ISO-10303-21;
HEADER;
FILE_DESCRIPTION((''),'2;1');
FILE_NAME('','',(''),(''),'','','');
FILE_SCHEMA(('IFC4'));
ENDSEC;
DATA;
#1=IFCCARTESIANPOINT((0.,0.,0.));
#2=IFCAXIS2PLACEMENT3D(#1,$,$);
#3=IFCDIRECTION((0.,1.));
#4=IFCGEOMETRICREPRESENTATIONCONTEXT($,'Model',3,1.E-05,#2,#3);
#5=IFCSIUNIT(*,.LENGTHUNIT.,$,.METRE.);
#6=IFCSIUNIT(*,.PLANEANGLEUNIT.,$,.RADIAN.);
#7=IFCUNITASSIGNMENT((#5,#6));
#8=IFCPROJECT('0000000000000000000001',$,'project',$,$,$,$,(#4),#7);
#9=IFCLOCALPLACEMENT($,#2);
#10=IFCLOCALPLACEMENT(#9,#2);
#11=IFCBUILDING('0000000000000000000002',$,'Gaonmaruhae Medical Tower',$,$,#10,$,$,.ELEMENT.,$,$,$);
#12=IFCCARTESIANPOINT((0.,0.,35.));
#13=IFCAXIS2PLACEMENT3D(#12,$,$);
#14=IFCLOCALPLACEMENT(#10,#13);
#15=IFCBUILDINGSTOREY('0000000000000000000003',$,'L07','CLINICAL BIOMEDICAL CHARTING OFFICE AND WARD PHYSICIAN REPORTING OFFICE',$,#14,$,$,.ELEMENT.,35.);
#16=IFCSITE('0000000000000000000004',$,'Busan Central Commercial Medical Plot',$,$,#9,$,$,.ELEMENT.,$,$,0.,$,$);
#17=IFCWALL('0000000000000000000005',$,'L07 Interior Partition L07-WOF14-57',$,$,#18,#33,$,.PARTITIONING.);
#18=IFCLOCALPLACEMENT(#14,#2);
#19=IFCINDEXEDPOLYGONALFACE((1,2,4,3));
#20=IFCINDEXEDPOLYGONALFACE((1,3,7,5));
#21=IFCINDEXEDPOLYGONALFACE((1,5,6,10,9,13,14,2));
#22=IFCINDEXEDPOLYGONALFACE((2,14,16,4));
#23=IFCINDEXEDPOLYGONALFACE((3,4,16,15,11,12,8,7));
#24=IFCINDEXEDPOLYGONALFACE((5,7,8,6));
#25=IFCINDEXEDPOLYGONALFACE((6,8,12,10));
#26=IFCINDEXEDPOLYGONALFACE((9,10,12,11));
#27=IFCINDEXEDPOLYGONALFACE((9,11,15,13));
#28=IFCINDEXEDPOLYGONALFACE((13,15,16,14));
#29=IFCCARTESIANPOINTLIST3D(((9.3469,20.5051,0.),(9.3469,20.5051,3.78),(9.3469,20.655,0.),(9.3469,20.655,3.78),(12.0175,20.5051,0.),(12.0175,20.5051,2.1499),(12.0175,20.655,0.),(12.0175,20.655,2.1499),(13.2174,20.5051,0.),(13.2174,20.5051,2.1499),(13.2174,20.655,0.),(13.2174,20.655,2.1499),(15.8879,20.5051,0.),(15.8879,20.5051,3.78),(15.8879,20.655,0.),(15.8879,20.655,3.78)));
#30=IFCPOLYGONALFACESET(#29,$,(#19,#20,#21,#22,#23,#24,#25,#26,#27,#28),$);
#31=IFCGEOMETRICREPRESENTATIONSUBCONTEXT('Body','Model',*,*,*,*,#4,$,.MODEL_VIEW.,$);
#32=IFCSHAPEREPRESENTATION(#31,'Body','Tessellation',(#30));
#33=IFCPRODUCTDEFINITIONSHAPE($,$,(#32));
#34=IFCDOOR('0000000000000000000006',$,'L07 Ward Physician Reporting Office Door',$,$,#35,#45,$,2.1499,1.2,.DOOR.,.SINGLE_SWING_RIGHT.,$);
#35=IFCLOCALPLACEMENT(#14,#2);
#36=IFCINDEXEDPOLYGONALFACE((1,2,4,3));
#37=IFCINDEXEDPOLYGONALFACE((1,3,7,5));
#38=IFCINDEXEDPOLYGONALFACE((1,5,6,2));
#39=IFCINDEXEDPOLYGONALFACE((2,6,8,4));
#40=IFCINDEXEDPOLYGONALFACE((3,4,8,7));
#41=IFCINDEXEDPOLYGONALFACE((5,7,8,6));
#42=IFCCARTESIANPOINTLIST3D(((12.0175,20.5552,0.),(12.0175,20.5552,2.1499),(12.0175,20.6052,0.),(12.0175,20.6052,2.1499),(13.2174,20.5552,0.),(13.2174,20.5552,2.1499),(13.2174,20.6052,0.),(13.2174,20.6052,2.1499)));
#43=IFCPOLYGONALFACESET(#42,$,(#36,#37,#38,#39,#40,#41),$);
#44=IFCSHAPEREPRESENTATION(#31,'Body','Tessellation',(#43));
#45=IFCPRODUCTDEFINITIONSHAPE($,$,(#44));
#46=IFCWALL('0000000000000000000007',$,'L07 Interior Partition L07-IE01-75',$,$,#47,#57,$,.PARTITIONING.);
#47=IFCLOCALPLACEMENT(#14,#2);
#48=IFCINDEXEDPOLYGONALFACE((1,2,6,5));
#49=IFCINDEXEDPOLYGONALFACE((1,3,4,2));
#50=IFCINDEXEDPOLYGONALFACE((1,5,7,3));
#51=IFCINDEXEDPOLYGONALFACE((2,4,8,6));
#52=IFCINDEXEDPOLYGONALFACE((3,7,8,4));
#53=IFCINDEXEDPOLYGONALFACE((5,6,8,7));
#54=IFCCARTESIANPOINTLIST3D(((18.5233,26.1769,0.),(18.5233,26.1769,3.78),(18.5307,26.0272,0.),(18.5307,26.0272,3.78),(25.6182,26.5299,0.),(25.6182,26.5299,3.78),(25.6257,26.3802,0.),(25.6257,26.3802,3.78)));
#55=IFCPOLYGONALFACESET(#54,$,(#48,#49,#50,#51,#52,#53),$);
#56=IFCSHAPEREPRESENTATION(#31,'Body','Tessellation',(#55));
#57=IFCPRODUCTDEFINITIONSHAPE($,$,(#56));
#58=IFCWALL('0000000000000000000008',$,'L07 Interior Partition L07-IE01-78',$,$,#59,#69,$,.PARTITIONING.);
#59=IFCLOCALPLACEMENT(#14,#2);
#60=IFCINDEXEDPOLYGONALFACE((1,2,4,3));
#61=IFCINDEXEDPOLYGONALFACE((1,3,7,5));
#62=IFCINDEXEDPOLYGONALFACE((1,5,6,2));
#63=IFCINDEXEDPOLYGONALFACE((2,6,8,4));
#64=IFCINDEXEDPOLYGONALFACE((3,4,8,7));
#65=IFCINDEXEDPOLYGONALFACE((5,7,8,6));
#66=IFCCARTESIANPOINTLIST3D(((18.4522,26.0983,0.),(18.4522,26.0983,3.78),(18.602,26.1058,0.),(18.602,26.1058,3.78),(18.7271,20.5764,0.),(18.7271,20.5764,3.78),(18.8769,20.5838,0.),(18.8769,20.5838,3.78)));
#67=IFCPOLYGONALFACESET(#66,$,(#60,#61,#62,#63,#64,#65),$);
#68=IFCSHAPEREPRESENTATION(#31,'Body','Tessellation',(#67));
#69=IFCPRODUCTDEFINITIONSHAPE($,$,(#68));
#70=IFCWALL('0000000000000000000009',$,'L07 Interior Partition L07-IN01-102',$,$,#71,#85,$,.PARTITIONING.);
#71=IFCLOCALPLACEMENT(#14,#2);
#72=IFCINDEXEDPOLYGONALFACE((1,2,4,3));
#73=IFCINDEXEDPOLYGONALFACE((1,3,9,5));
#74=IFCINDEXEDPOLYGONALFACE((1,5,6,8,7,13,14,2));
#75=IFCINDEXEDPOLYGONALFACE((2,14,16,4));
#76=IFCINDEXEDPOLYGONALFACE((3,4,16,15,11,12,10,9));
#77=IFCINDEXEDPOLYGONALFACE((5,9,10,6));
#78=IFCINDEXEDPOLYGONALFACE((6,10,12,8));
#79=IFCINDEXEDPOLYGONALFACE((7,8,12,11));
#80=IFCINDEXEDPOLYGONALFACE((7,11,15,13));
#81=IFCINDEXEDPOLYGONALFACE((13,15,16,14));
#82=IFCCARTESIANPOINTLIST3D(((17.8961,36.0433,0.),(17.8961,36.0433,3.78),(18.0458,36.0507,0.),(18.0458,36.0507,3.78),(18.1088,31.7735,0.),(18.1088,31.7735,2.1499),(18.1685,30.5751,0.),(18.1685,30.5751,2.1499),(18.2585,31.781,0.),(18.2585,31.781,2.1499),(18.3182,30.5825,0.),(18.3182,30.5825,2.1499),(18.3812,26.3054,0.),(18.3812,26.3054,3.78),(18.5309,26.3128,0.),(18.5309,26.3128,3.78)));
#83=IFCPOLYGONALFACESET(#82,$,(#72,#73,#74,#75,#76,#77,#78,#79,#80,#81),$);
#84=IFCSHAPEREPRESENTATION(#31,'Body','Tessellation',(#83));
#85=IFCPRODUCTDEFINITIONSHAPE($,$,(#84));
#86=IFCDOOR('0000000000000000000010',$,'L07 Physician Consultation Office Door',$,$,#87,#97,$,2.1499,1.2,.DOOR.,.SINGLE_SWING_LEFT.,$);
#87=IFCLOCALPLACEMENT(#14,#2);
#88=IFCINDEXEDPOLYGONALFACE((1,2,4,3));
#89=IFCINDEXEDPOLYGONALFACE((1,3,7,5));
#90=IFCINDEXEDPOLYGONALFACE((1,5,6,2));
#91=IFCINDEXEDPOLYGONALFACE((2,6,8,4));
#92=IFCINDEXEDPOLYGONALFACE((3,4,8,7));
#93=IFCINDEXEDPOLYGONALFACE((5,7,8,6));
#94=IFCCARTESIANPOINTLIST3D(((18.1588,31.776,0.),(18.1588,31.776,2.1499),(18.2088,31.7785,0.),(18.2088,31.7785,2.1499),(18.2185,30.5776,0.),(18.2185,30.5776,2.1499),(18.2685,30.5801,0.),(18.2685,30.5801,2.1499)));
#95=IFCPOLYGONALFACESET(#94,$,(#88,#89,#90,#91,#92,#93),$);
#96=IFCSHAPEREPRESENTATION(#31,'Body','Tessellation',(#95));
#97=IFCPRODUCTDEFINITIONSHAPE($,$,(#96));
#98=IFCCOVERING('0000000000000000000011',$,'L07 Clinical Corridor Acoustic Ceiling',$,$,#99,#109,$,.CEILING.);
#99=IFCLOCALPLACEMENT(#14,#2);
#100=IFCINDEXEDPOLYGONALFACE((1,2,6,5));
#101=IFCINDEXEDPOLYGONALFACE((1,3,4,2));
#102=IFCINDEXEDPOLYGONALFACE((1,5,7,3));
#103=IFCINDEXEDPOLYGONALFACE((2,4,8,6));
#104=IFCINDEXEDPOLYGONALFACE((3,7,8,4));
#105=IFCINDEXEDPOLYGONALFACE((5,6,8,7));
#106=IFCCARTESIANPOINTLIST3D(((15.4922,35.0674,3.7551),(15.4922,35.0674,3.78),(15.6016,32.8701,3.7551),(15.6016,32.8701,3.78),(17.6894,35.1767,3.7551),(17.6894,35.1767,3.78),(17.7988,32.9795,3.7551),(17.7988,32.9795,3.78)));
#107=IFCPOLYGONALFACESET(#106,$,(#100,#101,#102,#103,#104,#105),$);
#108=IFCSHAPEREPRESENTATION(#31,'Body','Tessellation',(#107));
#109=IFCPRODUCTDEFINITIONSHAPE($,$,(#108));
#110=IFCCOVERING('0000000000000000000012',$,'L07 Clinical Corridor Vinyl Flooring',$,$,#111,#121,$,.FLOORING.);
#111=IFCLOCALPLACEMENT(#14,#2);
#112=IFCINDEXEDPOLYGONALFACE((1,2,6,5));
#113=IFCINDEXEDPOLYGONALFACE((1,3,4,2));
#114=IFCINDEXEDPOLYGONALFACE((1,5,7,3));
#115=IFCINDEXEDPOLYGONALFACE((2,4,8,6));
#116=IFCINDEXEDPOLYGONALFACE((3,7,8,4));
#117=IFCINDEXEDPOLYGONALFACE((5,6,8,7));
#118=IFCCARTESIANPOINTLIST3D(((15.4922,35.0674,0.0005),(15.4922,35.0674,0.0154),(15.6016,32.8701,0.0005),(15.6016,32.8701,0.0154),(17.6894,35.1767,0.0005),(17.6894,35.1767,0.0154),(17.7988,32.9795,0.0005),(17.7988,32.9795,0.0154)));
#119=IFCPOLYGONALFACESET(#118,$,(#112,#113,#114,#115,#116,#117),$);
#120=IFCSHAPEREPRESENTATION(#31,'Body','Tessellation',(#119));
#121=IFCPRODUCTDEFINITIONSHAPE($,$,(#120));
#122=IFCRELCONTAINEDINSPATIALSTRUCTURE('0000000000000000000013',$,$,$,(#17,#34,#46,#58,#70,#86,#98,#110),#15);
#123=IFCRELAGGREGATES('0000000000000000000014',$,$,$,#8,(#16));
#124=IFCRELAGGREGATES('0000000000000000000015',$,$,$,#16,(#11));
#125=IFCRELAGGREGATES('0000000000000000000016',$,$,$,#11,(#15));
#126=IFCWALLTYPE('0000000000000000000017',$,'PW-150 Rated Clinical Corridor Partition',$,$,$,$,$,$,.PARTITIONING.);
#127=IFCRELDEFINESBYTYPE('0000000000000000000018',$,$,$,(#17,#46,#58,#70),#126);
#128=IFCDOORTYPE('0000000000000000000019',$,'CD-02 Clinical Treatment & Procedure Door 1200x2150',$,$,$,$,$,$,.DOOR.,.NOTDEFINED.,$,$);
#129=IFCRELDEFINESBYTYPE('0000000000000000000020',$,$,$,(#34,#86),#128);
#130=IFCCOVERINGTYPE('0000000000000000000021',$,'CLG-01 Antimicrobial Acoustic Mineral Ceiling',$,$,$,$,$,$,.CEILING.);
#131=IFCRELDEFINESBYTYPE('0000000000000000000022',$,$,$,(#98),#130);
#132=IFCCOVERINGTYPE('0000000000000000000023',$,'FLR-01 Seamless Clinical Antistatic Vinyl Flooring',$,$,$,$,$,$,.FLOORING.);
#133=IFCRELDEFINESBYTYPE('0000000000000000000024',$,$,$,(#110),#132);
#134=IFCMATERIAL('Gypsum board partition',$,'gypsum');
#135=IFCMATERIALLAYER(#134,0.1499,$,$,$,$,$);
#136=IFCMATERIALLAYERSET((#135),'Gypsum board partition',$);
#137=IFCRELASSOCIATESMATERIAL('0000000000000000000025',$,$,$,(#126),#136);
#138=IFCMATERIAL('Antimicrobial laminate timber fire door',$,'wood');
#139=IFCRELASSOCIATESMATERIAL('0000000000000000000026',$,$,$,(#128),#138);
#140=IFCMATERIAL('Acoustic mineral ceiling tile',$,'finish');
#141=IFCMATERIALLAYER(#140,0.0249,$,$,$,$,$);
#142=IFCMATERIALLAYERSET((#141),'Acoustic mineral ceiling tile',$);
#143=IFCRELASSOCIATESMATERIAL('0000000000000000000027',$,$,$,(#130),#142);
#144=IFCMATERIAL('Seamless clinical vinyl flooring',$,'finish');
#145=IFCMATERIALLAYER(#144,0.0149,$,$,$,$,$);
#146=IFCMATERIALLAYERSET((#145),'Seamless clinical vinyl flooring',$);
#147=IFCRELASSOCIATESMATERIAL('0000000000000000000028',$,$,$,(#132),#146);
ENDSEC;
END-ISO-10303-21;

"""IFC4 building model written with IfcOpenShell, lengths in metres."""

from ifc_helpers import new_model, si_unit, direction, frame, frame_2d, origin, origin_2d, place, context, subcontext, project, spatial, rectangle, extrude, material, layer, layer_set, type_object, element, fill, save


model = new_model("IFC4")

# Units and contexts
model_context = context("Model", 3, precision=1e-05, world=origin(), true_north=direction((0.0, 1.0)))
body_context = subcontext(model_context, "Body", "Model", "MODEL_VIEW")
ifc_project = project(units=[si_unit("LENGTHUNIT", "METRE"), si_unit("PLANEANGLEUNIT", "RADIAN")], contexts=[model_context])

# Site, building, storey
site_placement = place(None, origin())
site = spatial("IfcSite", under=ifc_project, at=site_placement, Name="Busan Central Commercial Medical Plot", CompositionType="ELEMENT", RefElevation=0.0)
building_placement = place(site_placement, origin())
building = spatial("IfcBuilding", under=site, at=building_placement, Name="Gaonmaruhae Medical Tower", CompositionType="ELEMENT")
storey_placement = place(building_placement, frame((0.0, 0.0, 35.0)))
storey = spatial("IfcBuildingStorey", under=building, at=storey_placement, Name="L07", Description="CLINICAL BIOMEDICAL CHARTING OFFICE AND WARD PHYSICIAN REPORTING OFFICE", CompositionType="ELEMENT", Elevation=35.0)

# Shared definitions
ifc_material_1 = material(Name="Gypsum board partition", Category="gypsum")
ifc_layer_1 = layer(ifc_material_1, 0.1499)
ifc_layer_set_1 = layer_set([ifc_layer_1], Name="Gypsum board partition")
wall_type_1 = type_object("IfcWallType", Name="PW-150 Rated Clinical Corridor Partition", PredefinedType="PARTITIONING", material=ifc_layer_set_1)

# Wall, opening, door
wall_1_placement = place(storey_placement, frame((15.8879, 20.5801, 0.0), z_axis=(0.0, 0.0, 1.0), x_axis=(-1.0, 0.0, 0.0)))
wall_1 = element("IfcWall", 1, at=wall_1_placement, inside=storey, type_object=wall_type_1, Name="L07 Interior Partition L07-WOF14-57", PredefinedType="PARTITIONING", context=body_context, shape_type="SweptSolid", body=[
    extrude(rectangle(XDim=6.541, YDim=0.1499, at=frame_2d((3.2705, 0.0))), origin(), (0.0, 0.0, 1.0), 3.78),
])
opening_1_placement = place(wall_1_placement, frame((2.6704, 0.0, 0.0)))
opening_1 = element("IfcOpeningElement", 2, at=opening_1_placement, cuts=wall_1, PredefinedType="OPENING", context=body_context, shape_type="SweptSolid", body=[
    extrude(rectangle(XDim=1.2, YDim=2.1499, at=frame_2d((0.6001, 1.075))), frame((0.0, 0.085, 0.0), z_axis=(0.0, -1.0, 0.0), x_axis=(1.0, 0.0, 0.0)), (0.0, 0.0, 1.0), 0.1699),
])
ifc_material_2 = material(Name="Antimicrobial laminate timber fire door", Category="wood")
door_type_1 = type_object("IfcDoorType", Name="CD-02 Clinical Treatment & Procedure Door 1200x2150", OperationType="NOTDEFINED", PredefinedType="DOOR", material=ifc_material_2)
door_1_placement = place(opening_1_placement, origin())
door_1 = element("IfcDoor", 3, at=door_1_placement, inside=storey, type_object=door_type_1, Name="L07 Ward Physician Reporting Office Door", OperationType="SINGLE_SWING_RIGHT", OverallHeight=2.1499, OverallWidth=1.2, PredefinedType="DOOR", context=body_context, shape_type="SweptSolid", body=[
    extrude(rectangle(XDim=1.2, YDim=2.1499, at=frame_2d((0.6001, 1.075))), frame((0.0, 0.0249, 0.0), z_axis=(0.0, -1.0, 0.0), x_axis=(1.0, 0.0, 0.0)), (0.0, 0.0, 1.0), 0.05),
])
fill(opening_1, door_1)

# Walls
wall_2_placement = place(storey_placement, frame((18.5271, 26.1021, 0.0), z_axis=(0.0, 0.0, 1.0), x_axis=(0.998764, 0.049696, 0.0)))
element("IfcWall", 4, at=wall_2_placement, inside=storey, type_object=wall_type_1, Name="L07 Interior Partition L07-IE01-75", PredefinedType="PARTITIONING", context=body_context, shape_type="SweptSolid", body=[
    extrude(rectangle(XDim=7.1038, YDim=0.1499, at=frame_2d((3.5518, 0.0))), origin(), (0.0, 0.0, 1.0), 3.78),
])
wall_3_placement = place(storey_placement, frame((18.802, 20.5801, 0.0), z_axis=(0.0, 0.0, 1.0), x_axis=(-0.049722, 0.998763, 0.0)))
element("IfcWall", 5, at=wall_3_placement, inside=storey, type_object=wall_type_1, Name="L07 Interior Partition L07-IE01-78", PredefinedType="PARTITIONING", context=body_context, shape_type="SweptSolid", body=[
    extrude(rectangle(XDim=5.5288, YDim=0.1499, at=frame_2d((2.7644, 0.0))), origin(), (0.0, 0.0, 1.0), 3.78),
])

# Wall, opening, door
wall_4_placement = place(storey_placement, frame((18.4561, 26.3091, 0.0), z_axis=(0.0, 0.0, 1.0), x_axis=(-0.049754, 0.998762, 0.0)))
wall_4 = element("IfcWall", 6, at=wall_4_placement, inside=storey, type_object=wall_type_1, Name="L07 Interior Partition L07-IN01-102", PredefinedType="PARTITIONING", context=body_context, shape_type="SweptSolid", body=[
    extrude(rectangle(XDim=9.75, YDim=0.1499, at=frame_2d((4.875, 0.0))), origin(), (0.0, 0.0, 1.0), 3.78),
])
opening_2_placement = place(wall_4_placement, frame((4.2749, 0.0, 0.0)))
opening_2 = element("IfcOpeningElement", 7, at=opening_2_placement, cuts=wall_4, PredefinedType="OPENING", context=body_context, shape_type="SweptSolid", body=[
    extrude(rectangle(XDim=1.2, YDim=2.1499, at=frame_2d((0.6001, 1.075))), frame((0.0, 0.085, 0.0), z_axis=(0.0, -1.0, 0.0), x_axis=(1.0, 0.0, 0.0)), (0.0, 0.0, 1.0), 0.1699),
])
door_2_placement = place(opening_2_placement, origin())
door_2 = element("IfcDoor", 8, at=door_2_placement, inside=storey, type_object=door_type_1, Name="L07 Physician Consultation Office Door", OperationType="SINGLE_SWING_LEFT", OverallHeight=2.1499, OverallWidth=1.2, PredefinedType="DOOR", context=body_context, shape_type="SweptSolid", body=[
    extrude(rectangle(XDim=1.2, YDim=2.1499, at=frame_2d((0.6001, 1.075))), frame((0.0, 0.0249, 0.0), z_axis=(0.0, -1.0, 0.0), x_axis=(1.0, 0.0, 0.0)), (0.0, 0.0, 1.0), 0.05),
])
fill(opening_2, door_2)

# Coverings
ifc_material_3 = material(Name="Acoustic mineral ceiling tile", Category="finish")
ifc_layer_2 = layer(ifc_material_3, 0.0249)
ifc_layer_set_2 = layer_set([ifc_layer_2], Name="Acoustic mineral ceiling tile")
covering_type_1 = type_object("IfcCoveringType", Name="CLG-01 Antimicrobial Acoustic Mineral Ceiling", PredefinedType="CEILING", material=ifc_layer_set_2)
covering_1_placement = place(storey_placement, frame((16.6455, 34.0234, 3.7551), z_axis=(0.0, 0.0, 1.0), x_axis=(0.998763, 0.049721, 0.0)))
element("IfcCovering", 9, at=covering_1_placement, inside=storey, type_object=covering_type_1, Name="L07 Clinical Corridor Acoustic Ceiling", PredefinedType="CEILING", context=body_context, shape_type="SweptSolid", body=[
    extrude(rectangle(XDim=2.2, YDim=2.2, at=origin_2d()), origin(), (0.0, 0.0, 1.0), 0.0249),
])
ifc_material_4 = material(Name="Seamless clinical vinyl flooring", Category="finish")
ifc_layer_3 = layer(ifc_material_4, 0.0149)
ifc_layer_set_3 = layer_set([ifc_layer_3], Name="Seamless clinical vinyl flooring")
covering_type_2 = type_object("IfcCoveringType", Name="FLR-01 Seamless Clinical Antistatic Vinyl Flooring", PredefinedType="FLOORING", material=ifc_layer_set_3)
covering_2_placement = place(storey_placement, frame((16.6455, 34.0234, 0.0005), z_axis=(0.0, 0.0, 1.0), x_axis=(0.998763, 0.049721, 0.0)))
element("IfcCovering", 10, at=covering_2_placement, inside=storey, type_object=covering_type_2, Name="L07 Clinical Corridor Vinyl Flooring", PredefinedType="FLOORING", context=body_context, shape_type="SweptSolid", body=[
    extrude(rectangle(XDim=2.2, YDim=2.2, at=origin_2d()), origin(), (0.0, 0.0, 1.0), 0.0149),
])

save(model, "model.ifc")
